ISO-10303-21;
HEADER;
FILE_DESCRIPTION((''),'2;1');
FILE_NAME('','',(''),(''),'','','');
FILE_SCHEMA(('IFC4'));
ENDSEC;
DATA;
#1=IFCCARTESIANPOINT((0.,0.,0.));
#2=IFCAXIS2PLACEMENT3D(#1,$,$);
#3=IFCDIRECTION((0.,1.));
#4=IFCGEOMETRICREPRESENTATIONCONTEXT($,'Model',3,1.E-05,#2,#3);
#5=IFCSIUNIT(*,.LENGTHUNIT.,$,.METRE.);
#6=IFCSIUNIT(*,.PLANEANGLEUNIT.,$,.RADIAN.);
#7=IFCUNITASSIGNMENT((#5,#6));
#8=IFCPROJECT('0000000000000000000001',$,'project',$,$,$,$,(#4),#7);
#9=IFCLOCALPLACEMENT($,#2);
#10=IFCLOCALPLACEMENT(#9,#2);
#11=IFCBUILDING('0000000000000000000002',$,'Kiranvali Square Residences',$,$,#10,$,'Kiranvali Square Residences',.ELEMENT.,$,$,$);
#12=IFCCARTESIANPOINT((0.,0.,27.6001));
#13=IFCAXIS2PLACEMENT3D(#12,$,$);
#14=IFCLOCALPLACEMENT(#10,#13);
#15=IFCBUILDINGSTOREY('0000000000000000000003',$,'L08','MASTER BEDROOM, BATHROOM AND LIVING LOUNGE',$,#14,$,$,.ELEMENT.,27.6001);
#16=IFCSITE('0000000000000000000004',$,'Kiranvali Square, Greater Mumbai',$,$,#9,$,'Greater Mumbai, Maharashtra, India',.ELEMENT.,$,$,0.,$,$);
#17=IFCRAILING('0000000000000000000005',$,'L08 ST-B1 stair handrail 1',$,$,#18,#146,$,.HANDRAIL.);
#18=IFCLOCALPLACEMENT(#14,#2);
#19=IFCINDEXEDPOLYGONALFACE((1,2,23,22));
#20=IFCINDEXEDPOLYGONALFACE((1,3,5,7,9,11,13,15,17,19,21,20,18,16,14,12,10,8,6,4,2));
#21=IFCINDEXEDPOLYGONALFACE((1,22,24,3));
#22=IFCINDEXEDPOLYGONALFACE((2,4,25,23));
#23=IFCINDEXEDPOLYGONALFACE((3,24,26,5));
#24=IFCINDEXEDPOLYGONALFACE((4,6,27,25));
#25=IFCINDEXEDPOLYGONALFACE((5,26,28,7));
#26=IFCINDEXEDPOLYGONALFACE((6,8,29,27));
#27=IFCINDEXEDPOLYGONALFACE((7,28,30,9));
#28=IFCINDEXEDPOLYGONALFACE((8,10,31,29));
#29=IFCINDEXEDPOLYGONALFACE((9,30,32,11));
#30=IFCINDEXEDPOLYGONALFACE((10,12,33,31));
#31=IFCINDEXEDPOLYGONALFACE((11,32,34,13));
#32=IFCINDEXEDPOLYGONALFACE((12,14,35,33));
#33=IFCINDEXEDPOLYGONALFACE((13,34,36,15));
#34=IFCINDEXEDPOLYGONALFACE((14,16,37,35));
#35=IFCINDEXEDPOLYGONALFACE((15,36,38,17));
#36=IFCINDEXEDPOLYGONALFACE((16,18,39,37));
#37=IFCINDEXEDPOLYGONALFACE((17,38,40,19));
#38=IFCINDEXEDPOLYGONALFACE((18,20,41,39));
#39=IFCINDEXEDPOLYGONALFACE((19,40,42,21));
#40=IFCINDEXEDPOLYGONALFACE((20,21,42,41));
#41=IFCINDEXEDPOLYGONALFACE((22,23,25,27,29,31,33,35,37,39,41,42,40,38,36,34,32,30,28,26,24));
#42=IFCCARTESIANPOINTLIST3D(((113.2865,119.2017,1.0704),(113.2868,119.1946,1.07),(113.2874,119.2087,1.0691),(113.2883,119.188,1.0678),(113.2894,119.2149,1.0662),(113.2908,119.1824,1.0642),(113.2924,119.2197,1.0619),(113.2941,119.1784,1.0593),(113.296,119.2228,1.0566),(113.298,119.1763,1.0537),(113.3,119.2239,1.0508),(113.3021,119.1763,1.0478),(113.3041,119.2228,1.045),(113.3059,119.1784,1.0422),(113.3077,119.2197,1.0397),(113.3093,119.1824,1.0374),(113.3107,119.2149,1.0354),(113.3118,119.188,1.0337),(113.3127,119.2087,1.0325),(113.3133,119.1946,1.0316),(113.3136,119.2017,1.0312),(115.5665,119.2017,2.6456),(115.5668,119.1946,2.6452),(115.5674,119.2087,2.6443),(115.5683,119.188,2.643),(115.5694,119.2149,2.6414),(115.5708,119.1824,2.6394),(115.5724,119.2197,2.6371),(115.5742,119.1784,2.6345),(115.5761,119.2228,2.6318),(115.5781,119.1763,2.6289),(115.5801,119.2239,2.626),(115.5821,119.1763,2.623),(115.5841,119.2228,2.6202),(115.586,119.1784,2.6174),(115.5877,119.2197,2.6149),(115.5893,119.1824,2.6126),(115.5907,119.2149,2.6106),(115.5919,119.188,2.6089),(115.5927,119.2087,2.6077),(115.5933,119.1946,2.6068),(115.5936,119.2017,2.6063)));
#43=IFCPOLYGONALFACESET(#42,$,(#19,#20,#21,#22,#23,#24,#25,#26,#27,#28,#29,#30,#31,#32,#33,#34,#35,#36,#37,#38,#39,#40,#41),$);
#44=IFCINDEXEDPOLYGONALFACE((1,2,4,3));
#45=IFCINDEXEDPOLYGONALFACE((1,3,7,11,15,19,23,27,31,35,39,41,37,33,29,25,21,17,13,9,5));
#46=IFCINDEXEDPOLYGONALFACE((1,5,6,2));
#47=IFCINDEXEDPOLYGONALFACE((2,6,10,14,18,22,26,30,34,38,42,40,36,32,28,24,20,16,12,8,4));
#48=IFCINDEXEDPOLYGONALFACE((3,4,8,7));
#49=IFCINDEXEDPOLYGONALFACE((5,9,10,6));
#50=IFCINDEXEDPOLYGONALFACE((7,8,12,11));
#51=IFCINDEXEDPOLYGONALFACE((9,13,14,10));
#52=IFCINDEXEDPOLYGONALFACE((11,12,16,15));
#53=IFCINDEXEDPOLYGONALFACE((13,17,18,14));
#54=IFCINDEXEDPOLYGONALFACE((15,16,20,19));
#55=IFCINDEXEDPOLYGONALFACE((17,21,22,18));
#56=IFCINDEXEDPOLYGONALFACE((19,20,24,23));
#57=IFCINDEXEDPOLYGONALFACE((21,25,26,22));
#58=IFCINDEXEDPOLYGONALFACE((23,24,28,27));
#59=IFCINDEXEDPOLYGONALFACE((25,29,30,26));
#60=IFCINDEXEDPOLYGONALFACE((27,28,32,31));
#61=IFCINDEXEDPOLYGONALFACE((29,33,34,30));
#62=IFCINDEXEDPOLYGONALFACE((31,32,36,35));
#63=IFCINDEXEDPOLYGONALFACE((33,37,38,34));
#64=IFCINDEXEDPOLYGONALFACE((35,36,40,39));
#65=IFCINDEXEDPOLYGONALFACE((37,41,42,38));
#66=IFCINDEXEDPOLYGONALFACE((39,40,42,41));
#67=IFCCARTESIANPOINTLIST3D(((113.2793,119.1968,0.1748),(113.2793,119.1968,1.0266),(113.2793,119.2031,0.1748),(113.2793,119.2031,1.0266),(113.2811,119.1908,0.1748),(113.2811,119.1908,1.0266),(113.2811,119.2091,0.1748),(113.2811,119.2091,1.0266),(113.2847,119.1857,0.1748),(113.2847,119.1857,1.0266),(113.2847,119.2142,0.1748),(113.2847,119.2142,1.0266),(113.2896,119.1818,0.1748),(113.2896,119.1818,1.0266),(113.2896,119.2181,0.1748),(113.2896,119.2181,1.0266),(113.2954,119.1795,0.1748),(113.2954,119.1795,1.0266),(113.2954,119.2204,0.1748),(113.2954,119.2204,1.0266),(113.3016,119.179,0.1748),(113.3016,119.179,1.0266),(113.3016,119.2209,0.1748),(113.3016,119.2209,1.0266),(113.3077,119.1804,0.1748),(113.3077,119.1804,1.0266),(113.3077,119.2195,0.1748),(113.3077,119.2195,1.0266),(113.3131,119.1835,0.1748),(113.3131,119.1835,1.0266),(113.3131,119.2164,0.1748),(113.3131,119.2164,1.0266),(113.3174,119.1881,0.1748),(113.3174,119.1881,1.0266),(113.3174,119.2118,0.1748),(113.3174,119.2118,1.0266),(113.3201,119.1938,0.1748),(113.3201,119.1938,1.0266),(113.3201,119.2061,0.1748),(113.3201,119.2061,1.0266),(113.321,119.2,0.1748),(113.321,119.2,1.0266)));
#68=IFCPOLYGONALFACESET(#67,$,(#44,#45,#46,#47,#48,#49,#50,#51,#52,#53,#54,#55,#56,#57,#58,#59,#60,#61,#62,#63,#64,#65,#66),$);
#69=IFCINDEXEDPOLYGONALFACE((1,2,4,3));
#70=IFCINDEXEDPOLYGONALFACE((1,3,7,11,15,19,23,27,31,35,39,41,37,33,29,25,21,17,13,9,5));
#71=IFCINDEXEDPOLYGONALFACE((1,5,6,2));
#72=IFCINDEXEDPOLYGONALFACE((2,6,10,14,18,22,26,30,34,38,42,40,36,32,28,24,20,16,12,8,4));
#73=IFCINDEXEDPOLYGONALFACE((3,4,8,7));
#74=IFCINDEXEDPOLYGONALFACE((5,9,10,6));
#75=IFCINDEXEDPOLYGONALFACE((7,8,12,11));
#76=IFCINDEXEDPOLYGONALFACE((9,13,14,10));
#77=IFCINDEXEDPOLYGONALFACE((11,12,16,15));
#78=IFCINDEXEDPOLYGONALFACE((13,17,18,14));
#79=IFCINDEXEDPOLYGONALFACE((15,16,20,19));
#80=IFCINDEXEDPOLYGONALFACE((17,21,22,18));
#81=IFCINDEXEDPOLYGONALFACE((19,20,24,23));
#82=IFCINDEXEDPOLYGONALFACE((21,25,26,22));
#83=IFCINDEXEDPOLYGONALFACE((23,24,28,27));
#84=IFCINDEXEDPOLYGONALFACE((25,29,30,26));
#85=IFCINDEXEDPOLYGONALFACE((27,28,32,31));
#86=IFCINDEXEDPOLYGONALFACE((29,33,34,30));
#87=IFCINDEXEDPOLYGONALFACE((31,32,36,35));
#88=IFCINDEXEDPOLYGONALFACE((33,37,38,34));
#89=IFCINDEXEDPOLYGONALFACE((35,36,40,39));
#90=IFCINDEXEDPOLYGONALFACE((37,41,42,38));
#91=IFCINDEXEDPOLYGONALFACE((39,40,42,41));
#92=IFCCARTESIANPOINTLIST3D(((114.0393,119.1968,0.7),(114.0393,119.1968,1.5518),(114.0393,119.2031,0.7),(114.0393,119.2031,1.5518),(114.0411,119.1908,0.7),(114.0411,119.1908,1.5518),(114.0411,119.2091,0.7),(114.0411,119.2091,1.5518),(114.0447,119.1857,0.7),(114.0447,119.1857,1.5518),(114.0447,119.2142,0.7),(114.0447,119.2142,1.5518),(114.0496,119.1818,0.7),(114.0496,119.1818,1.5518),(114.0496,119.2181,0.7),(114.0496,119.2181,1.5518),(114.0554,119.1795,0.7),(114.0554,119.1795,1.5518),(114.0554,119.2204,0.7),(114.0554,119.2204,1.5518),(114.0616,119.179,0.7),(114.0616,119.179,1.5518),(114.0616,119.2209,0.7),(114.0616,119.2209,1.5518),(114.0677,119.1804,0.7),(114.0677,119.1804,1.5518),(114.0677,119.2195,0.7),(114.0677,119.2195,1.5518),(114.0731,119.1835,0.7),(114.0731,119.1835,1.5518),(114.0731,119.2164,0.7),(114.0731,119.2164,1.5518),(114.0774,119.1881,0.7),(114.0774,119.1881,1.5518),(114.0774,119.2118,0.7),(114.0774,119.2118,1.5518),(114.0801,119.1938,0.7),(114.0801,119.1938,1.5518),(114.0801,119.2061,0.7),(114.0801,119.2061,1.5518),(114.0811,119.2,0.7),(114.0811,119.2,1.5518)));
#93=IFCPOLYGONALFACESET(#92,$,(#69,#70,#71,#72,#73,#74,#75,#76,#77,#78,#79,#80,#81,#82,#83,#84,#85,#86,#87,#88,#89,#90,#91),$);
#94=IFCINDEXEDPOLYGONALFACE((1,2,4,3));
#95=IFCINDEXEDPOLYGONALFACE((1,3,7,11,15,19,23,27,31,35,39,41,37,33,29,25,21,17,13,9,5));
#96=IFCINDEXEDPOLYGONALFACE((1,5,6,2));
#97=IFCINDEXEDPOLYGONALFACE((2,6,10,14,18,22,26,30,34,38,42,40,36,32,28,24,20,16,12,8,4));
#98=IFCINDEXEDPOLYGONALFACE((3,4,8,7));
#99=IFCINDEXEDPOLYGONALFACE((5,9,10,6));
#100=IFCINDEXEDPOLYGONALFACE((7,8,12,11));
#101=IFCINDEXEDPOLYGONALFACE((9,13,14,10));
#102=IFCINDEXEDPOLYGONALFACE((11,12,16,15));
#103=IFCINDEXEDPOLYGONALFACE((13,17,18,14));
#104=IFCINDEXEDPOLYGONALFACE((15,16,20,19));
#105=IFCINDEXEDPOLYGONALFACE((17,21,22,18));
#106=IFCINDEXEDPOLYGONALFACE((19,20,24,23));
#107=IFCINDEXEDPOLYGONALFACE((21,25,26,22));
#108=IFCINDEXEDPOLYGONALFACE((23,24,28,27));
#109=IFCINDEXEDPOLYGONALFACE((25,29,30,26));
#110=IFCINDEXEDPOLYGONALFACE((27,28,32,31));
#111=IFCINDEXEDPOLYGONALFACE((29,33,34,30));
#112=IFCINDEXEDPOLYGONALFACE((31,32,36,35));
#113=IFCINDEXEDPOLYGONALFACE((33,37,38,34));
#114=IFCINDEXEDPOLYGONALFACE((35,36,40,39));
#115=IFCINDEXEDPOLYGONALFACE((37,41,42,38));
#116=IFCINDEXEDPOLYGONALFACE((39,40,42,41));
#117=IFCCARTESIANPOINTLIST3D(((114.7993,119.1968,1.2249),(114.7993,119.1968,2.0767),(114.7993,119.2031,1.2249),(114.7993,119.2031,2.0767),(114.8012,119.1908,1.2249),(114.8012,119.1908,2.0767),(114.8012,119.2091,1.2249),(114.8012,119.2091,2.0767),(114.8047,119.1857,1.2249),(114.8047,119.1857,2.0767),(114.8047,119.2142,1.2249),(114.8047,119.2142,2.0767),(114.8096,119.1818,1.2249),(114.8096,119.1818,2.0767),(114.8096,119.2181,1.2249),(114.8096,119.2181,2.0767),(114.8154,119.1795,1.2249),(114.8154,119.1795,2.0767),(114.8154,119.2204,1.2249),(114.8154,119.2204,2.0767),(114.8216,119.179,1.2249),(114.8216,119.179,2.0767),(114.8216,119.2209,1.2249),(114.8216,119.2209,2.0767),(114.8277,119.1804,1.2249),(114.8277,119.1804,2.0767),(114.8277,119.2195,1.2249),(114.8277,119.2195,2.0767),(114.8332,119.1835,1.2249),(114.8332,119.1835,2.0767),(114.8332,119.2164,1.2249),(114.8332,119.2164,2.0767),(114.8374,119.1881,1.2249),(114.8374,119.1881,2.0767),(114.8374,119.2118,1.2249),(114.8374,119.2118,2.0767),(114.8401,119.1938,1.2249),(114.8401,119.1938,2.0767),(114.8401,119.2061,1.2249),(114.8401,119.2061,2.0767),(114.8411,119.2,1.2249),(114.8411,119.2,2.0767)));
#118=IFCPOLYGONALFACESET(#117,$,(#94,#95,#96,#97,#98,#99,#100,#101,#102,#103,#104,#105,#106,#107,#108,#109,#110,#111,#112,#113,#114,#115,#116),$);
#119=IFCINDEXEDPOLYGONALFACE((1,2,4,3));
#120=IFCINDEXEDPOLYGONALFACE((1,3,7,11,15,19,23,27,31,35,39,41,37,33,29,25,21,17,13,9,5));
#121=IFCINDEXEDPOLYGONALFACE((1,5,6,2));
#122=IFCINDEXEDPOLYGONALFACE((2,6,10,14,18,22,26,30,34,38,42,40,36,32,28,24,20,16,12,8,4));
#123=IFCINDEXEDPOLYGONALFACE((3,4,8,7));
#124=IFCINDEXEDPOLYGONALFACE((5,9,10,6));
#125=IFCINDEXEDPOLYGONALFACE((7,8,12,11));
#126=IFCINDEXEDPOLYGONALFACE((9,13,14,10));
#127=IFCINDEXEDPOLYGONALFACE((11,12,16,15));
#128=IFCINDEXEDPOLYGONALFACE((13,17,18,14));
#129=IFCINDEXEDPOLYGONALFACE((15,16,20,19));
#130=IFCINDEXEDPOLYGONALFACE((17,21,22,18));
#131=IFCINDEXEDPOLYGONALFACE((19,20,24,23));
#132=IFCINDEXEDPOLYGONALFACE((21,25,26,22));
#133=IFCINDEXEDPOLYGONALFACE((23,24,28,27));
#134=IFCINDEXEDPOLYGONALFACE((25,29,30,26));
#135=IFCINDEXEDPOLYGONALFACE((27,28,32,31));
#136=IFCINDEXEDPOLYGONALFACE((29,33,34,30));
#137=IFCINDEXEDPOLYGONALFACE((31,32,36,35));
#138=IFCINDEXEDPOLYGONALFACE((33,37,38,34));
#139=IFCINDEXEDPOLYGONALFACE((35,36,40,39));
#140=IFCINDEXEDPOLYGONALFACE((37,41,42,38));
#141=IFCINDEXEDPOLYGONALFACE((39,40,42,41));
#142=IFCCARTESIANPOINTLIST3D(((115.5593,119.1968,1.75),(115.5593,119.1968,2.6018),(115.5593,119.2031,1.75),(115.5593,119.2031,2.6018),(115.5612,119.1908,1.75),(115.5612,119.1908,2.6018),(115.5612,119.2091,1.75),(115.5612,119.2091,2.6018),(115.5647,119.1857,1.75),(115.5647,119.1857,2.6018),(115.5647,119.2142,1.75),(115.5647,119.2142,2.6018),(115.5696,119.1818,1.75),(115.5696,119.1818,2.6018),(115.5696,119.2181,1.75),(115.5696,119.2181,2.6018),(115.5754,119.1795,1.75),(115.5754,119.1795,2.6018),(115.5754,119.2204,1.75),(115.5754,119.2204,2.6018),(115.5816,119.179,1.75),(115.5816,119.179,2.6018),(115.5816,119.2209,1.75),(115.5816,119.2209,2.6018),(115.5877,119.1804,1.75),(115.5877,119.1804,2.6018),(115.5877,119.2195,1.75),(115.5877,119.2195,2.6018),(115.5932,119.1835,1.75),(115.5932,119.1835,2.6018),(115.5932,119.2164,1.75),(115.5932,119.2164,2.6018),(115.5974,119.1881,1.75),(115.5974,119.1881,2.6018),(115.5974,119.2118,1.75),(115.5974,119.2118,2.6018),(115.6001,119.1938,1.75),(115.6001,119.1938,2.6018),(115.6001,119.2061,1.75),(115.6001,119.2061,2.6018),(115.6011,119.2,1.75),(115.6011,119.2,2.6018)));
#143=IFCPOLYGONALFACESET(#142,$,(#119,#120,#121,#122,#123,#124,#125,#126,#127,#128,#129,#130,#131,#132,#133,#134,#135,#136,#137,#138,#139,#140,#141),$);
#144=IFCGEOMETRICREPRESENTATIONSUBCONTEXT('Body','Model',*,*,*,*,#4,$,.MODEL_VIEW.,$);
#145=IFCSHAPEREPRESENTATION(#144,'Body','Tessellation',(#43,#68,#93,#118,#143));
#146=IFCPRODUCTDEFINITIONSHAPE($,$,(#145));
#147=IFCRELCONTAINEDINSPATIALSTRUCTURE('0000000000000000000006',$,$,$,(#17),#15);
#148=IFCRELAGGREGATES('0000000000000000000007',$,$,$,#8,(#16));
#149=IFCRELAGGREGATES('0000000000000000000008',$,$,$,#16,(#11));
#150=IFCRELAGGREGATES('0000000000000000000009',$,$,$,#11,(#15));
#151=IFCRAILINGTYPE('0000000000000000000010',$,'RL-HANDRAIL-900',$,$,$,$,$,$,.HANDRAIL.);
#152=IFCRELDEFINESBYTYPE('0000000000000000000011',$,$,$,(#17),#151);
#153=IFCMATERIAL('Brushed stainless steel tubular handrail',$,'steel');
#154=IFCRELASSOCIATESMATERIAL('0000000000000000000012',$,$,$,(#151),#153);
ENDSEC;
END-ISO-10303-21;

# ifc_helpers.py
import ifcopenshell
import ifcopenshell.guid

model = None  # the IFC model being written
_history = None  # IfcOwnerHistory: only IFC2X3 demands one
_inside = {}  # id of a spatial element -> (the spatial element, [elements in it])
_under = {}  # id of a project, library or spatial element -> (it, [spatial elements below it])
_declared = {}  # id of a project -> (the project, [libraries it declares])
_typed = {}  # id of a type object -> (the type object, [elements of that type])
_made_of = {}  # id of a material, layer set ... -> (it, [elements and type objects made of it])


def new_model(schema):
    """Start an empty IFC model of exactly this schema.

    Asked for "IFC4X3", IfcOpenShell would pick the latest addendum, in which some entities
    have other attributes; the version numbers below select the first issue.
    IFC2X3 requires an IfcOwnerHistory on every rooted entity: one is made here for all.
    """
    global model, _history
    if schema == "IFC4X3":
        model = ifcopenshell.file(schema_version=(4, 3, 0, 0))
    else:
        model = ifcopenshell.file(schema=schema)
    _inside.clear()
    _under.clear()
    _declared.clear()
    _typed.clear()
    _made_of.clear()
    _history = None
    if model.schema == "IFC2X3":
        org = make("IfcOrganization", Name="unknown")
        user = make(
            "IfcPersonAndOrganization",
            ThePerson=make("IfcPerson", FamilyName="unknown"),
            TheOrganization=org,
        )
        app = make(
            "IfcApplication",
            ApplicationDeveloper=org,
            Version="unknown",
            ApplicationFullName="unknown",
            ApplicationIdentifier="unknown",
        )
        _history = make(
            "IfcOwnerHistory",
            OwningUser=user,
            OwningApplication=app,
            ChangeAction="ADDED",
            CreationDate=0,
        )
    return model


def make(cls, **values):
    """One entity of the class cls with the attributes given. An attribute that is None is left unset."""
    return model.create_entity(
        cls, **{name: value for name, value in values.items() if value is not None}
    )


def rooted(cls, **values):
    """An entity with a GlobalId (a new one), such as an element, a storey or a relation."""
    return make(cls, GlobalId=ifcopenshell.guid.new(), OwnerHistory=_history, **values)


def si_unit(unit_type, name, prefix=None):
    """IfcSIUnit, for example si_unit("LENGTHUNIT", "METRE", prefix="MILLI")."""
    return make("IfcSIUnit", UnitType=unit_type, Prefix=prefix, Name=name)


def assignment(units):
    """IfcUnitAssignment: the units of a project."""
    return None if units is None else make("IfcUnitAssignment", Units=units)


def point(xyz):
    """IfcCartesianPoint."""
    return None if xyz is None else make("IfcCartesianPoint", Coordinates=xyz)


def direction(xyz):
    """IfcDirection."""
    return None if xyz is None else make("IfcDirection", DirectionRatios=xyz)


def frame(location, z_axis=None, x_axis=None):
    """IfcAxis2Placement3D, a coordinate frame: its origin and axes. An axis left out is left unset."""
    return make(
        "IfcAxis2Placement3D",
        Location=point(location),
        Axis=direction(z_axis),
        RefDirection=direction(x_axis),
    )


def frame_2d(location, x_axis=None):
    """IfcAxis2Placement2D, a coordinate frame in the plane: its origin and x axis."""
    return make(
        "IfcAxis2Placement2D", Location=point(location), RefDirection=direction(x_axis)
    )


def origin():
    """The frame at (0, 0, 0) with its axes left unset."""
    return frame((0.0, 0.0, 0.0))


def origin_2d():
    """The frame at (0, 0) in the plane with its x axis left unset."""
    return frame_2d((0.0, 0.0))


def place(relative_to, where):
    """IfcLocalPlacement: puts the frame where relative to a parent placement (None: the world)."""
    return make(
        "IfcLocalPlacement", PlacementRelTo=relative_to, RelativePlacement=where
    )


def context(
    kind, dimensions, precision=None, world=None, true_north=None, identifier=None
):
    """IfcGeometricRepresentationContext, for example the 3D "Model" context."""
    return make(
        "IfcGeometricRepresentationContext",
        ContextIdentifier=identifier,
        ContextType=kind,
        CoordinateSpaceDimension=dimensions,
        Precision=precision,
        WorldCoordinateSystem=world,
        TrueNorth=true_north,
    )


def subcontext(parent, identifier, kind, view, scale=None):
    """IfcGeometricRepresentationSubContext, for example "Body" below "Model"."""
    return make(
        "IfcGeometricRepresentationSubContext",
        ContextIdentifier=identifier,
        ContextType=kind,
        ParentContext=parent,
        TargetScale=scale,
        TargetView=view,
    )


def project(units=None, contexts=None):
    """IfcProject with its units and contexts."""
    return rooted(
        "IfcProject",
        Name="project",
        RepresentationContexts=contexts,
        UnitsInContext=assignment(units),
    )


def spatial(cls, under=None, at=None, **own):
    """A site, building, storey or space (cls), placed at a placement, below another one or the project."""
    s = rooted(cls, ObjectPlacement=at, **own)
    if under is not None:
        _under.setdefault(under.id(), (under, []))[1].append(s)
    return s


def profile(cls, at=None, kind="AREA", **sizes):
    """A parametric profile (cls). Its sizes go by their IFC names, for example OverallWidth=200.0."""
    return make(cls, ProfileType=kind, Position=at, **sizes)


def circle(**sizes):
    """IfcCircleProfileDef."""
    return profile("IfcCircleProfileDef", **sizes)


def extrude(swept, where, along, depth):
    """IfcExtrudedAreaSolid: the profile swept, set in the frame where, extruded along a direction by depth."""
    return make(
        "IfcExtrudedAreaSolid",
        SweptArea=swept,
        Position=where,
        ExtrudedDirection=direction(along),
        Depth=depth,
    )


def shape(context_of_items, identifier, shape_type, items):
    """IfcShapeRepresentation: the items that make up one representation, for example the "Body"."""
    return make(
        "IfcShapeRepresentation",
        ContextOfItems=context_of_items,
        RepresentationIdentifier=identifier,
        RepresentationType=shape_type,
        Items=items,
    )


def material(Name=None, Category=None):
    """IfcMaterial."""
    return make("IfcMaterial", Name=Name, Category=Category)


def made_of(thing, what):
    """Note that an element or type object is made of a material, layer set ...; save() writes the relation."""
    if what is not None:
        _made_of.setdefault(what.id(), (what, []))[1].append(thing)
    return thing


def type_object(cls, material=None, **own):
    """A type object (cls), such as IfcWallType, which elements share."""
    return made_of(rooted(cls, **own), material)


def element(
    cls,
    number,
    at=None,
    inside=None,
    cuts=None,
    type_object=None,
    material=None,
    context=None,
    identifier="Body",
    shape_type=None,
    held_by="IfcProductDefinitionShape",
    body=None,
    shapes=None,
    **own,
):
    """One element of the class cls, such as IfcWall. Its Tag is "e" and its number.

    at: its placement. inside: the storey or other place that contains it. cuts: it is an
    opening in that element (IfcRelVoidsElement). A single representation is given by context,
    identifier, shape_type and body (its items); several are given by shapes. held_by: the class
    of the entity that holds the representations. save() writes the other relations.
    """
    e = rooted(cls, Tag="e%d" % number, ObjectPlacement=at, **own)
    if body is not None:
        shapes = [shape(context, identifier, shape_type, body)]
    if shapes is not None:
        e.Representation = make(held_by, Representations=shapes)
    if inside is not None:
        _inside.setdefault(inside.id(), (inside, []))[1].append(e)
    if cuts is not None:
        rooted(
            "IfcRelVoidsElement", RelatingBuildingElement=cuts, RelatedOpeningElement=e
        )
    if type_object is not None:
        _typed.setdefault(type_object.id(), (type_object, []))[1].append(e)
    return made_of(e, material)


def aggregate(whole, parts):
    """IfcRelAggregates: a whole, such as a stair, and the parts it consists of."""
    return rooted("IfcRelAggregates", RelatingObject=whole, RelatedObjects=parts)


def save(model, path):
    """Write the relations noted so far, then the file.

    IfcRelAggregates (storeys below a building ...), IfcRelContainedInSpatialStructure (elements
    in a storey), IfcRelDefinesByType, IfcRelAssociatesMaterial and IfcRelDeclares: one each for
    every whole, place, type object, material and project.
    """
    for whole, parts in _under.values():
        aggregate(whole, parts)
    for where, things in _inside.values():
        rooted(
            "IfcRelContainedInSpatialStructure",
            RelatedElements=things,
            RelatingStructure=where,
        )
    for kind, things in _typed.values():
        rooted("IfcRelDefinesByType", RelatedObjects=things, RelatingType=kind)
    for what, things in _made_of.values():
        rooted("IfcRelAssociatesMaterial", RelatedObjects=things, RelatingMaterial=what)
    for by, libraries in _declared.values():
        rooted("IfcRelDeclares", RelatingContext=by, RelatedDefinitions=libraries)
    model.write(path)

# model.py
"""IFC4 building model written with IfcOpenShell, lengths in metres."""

from ifc_helpers import new_model, si_unit, direction, frame, origin, origin_2d, place, context, subcontext, project, spatial, circle, extrude, material, type_object, element, save


model = new_model("IFC4")

# Units and contexts
model_context = context("Model", 3, precision=1e-05, world=origin(), true_north=direction((0.0, 1.0)))
body_context = subcontext(model_context, "Body", "Model", "MODEL_VIEW")
ifc_project = project(units=[si_unit("LENGTHUNIT", "METRE"), si_unit("PLANEANGLEUNIT", "RADIAN")], contexts=[model_context])

# Site, building, storey
site_placement = place(None, origin())
site = spatial("IfcSite", under=ifc_project, at=site_placement, Name="Kiranvali Square, Greater Mumbai", LongName="Greater Mumbai, Maharashtra, India", CompositionType="ELEMENT", RefElevation=0.0)
building_placement = place(site_placement, origin())
building = spatial("IfcBuilding", under=site, at=building_placement, Name="Kiranvali Square Residences", LongName="Kiranvali Square Residences", CompositionType="ELEMENT")
storey_placement = place(building_placement, frame((0.0, 0.0, 27.6001)))
storey = spatial("IfcBuildingStorey", under=building, at=storey_placement, Name="L08", Description="MASTER BEDROOM, BATHROOM AND LIVING LOUNGE", CompositionType="ELEMENT", Elevation=27.6001)

# Railing
ifc_material_1 = material(Name="Brushed stainless steel tubular handrail", Category="steel")
railing_type = type_object("IfcRailingType", Name="RL-HANDRAIL-900", PredefinedType="HANDRAIL", material=ifc_material_1)
railing_placement = place(storey_placement, frame((113.3, 119.2, 0.1748)))
element("IfcRailing", 1, at=railing_placement, inside=storey, type_object=railing_type, Name="L08 ST-B1 stair handrail 1", PredefinedType="HANDRAIL", context=body_context, shape_type="SweptSolid", body=[
    extrude(circle(Radius=0.0239, at=origin_2d()), frame((0.0, 0.0, 0.876), z_axis=(0.822747, 0.0, 0.568408), x_axis=(0.0, 1.0, 0.0)), (0.0, 0.0, 1.0), 2.7712),
    extrude(circle(Radius=0.021, at=origin_2d()), origin(), (0.0, 0.0, 1.0), 0.8518),
    extrude(circle(Radius=0.021, at=origin_2d()), frame((0.76, 0.0, 0.5251)), (0.0, 0.0, 1.0), 0.8518),
    extrude(circle(Radius=0.021, at=origin_2d()), frame((1.52, 0.0, 1.05)), (0.0, 0.0, 1.0), 0.8518),
    extrude(circle(Radius=0.021, at=origin_2d()), frame((2.28, 0.0, 1.5752)), (0.0, 0.0, 1.0), 0.8518),
])

save(model, "model.ifc")
